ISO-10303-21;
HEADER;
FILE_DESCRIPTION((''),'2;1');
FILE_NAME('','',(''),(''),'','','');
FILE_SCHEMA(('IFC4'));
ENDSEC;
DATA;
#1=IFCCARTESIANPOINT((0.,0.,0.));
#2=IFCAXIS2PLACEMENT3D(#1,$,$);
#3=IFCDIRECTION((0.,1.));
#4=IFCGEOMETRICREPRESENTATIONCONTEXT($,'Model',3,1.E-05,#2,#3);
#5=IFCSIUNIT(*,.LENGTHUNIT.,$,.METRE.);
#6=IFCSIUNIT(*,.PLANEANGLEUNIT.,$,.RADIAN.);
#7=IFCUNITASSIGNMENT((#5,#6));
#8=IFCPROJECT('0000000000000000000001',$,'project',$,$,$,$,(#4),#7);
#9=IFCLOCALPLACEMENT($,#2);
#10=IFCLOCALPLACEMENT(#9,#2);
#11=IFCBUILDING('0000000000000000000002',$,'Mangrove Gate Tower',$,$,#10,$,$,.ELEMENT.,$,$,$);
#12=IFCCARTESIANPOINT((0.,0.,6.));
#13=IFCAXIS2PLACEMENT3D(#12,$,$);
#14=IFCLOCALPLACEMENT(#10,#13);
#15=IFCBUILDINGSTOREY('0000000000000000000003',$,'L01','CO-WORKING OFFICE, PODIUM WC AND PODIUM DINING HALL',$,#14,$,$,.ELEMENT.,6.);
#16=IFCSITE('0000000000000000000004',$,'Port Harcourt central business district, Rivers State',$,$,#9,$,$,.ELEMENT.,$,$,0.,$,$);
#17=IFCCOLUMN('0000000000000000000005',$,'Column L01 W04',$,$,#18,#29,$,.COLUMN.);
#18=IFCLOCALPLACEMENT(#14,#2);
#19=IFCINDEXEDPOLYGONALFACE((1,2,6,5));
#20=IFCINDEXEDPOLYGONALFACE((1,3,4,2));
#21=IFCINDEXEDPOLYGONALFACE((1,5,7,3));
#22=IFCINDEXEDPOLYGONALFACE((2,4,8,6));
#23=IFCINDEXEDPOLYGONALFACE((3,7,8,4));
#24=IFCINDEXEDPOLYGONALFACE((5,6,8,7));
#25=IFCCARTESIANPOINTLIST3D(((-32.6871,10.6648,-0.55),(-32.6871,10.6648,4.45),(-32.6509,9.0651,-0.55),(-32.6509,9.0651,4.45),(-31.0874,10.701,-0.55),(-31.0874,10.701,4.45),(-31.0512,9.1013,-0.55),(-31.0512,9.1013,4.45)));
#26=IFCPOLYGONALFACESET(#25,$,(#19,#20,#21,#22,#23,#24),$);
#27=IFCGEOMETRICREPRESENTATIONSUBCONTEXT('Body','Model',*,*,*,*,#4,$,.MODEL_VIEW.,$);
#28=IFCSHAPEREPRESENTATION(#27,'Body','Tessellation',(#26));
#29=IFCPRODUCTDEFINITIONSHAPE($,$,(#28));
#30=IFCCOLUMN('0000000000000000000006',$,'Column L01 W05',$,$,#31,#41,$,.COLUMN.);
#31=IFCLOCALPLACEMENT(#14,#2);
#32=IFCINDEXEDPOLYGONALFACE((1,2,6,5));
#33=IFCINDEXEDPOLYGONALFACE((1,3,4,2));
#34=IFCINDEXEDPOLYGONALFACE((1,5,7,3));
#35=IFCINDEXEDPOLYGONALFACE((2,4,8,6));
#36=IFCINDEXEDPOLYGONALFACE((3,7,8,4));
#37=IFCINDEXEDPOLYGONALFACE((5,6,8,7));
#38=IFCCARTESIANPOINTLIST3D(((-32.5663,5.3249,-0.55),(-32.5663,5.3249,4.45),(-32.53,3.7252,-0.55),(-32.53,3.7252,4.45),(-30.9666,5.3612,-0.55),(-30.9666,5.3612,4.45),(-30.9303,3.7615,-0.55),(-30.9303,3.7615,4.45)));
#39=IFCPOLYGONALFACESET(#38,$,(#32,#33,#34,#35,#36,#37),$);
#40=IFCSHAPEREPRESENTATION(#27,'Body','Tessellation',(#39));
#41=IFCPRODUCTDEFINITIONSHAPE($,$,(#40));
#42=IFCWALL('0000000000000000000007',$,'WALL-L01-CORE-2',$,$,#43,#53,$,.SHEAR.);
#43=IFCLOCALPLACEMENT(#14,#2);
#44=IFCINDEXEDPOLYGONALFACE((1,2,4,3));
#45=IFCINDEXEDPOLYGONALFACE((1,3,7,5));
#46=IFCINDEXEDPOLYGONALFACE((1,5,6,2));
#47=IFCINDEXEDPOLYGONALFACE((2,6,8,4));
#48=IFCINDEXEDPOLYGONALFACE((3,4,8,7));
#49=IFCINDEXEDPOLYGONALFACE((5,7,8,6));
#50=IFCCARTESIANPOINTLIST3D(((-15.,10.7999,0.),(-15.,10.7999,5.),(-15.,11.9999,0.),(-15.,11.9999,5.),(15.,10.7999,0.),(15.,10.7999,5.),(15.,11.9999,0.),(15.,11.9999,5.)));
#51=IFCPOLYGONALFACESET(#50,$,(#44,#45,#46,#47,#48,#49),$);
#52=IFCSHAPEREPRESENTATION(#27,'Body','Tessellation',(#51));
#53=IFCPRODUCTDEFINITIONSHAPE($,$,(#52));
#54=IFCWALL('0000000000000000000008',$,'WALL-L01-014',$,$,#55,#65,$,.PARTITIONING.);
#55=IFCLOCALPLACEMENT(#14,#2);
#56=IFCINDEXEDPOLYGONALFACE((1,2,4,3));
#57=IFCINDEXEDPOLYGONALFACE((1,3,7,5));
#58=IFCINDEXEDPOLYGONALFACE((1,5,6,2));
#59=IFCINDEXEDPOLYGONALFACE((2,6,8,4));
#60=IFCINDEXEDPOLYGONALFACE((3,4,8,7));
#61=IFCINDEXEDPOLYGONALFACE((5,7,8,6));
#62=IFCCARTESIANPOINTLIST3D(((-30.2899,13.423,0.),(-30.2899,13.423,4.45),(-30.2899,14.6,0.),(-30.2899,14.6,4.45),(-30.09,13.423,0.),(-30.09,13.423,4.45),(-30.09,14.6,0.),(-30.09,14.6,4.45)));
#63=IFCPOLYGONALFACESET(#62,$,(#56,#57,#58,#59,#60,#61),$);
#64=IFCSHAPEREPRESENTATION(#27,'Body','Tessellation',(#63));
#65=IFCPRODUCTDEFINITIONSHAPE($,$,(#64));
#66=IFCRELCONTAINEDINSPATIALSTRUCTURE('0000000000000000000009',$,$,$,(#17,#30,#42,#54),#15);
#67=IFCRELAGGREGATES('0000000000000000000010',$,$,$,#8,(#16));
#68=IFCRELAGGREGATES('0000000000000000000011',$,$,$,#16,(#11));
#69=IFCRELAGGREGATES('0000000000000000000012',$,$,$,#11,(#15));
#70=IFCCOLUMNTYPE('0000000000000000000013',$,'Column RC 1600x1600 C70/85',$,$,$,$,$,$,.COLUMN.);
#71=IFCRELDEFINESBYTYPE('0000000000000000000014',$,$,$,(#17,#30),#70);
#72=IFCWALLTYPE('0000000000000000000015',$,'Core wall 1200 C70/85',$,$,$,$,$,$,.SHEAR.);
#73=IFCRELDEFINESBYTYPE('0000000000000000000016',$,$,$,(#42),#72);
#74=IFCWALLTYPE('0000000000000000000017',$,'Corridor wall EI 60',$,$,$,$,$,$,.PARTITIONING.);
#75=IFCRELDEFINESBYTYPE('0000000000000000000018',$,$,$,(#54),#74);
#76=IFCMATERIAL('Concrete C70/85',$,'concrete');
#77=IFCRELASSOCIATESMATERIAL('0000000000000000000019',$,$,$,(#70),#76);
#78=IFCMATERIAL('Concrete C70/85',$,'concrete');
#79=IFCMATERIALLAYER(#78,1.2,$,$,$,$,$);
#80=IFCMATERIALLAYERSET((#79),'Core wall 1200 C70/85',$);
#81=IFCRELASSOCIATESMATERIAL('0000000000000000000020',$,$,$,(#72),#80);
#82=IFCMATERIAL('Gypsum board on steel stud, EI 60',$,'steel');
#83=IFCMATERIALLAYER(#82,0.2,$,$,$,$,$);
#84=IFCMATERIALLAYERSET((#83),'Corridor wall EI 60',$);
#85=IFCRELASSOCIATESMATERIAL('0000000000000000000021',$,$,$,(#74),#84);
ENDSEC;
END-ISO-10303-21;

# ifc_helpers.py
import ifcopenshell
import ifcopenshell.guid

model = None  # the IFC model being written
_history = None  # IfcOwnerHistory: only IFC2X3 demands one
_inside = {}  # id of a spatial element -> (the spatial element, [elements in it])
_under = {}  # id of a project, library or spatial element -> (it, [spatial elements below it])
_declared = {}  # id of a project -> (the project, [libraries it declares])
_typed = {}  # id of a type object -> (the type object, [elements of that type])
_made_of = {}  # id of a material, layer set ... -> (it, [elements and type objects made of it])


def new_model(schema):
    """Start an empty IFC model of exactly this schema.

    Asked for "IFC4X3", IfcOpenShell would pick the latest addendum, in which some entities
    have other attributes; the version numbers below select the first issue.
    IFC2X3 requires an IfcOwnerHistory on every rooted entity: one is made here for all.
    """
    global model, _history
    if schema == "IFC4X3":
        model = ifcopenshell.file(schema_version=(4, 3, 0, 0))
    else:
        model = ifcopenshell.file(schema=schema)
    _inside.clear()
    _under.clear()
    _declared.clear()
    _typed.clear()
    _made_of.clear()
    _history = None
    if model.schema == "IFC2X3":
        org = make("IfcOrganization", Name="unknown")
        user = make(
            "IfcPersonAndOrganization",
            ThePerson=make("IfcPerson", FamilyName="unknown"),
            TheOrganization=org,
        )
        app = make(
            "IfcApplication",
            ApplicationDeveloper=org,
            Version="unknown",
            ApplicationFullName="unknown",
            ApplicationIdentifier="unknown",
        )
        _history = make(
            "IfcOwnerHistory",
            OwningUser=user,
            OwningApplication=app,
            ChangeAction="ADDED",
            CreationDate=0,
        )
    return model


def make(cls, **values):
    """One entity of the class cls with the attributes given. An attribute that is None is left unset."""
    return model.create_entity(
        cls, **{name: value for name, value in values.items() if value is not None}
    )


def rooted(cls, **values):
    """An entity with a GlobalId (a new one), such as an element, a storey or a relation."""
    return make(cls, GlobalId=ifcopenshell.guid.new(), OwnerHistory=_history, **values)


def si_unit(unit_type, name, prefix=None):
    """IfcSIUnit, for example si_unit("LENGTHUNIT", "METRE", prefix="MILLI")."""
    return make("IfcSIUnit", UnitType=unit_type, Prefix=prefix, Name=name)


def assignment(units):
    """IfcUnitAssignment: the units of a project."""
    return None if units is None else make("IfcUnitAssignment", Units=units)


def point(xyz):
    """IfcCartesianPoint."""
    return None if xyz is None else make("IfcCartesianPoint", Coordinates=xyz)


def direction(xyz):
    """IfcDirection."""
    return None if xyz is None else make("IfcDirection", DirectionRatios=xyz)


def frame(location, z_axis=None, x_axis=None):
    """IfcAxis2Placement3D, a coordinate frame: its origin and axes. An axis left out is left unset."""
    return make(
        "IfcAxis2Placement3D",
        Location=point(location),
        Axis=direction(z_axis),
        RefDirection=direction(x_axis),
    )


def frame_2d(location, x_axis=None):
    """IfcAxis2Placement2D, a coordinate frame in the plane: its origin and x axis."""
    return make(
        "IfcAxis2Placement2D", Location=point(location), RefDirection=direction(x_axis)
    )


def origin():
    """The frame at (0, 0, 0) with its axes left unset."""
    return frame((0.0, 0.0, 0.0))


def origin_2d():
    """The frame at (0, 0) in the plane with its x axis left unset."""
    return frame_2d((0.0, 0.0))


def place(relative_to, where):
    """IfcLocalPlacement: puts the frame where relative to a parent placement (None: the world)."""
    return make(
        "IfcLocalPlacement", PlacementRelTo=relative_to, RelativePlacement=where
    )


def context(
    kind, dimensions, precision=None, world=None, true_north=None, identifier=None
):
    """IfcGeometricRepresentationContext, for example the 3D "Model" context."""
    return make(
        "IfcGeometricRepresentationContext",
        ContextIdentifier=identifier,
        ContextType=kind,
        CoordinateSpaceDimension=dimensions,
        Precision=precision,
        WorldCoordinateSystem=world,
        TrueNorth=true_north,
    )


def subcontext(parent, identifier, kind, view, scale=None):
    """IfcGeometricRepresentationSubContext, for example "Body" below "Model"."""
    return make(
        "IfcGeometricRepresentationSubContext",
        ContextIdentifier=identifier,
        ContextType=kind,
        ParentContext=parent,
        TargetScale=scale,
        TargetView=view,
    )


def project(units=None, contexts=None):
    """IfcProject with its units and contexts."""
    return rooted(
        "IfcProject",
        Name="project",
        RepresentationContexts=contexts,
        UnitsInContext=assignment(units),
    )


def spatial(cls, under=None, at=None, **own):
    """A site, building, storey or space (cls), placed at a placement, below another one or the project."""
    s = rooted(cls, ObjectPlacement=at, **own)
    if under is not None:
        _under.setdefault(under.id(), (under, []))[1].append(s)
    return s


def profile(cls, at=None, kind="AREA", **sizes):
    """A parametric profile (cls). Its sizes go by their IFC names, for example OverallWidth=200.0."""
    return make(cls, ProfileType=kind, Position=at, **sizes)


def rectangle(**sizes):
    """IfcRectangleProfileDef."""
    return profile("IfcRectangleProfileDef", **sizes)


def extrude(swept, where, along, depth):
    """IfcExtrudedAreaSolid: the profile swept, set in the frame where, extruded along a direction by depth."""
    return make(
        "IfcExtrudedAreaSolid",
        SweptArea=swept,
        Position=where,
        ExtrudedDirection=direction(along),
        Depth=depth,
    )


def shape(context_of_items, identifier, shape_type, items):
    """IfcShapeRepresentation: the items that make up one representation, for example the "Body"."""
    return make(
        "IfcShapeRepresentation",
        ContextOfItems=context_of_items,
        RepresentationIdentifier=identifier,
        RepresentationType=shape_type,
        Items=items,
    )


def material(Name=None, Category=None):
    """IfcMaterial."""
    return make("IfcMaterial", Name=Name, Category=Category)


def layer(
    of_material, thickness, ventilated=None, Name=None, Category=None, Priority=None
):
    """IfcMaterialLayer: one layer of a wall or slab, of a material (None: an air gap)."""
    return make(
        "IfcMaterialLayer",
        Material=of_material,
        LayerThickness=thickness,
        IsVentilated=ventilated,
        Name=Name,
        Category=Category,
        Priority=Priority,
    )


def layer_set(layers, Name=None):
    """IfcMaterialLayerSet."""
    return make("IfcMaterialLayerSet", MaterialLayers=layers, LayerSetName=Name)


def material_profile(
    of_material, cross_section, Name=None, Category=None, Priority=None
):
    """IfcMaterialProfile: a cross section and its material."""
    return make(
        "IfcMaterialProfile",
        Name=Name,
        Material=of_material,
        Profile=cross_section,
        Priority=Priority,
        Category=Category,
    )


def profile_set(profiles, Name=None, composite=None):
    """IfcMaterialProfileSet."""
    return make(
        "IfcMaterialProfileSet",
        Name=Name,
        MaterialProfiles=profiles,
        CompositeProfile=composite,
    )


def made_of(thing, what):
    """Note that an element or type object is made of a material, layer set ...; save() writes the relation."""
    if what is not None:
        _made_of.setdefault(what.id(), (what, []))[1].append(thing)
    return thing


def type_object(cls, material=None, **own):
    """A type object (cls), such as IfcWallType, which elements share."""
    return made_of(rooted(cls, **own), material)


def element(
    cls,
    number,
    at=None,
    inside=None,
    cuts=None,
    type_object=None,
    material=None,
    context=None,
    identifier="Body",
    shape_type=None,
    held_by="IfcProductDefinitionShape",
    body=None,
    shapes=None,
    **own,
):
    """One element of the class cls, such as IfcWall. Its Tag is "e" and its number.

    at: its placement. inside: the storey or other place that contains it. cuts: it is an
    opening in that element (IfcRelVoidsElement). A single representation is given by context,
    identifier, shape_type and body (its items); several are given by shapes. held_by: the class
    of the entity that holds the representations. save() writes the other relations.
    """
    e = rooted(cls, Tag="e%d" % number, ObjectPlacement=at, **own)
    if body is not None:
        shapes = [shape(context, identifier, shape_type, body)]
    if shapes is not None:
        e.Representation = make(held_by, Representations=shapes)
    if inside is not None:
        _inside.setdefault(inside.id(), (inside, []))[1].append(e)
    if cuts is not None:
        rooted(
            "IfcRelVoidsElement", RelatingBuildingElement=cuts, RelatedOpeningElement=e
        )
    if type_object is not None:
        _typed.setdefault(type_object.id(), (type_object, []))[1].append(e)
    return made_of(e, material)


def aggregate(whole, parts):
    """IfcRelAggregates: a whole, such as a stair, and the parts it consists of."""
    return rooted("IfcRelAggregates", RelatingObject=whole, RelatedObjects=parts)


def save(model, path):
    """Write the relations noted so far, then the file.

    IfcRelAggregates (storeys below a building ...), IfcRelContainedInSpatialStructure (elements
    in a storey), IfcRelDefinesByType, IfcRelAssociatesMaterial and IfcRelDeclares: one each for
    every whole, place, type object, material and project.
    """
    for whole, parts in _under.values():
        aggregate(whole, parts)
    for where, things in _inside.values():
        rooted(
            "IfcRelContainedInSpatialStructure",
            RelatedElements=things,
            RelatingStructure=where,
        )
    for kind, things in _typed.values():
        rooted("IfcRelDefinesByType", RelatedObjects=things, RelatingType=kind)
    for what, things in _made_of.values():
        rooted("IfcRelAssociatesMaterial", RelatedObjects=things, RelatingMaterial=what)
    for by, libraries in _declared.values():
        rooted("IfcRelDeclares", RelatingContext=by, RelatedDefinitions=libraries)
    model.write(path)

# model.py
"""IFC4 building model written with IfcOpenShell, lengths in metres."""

from ifc_helpers import new_model, si_unit, direction, frame, frame_2d, origin, origin_2d, place, context, subcontext, project, spatial, rectangle, extrude, material, layer, layer_set, material_profile, profile_set, type_object, element, save


model = new_model("IFC4")

# Units and contexts
model_context = context("Model", 3, precision=1e-05, world=origin(), true_north=direction((0.0, 1.0)))
body_context = subcontext(model_context, "Body", "Model", "MODEL_VIEW")
ifc_project = project(units=[si_unit("LENGTHUNIT", "METRE"), si_unit("PLANEANGLEUNIT", "RADIAN")], contexts=[model_context])

# Site, building, storey
site_placement = place(None, origin())
site = spatial("IfcSite", under=ifc_project, at=site_placement, Name="Port Harcourt central business district, Rivers State", CompositionType="ELEMENT", RefElevation=0.0)
building_placement = place(site_placement, origin())
building = spatial("IfcBuilding", under=site, at=building_placement, Name="Mangrove Gate Tower", CompositionType="ELEMENT")
storey_placement = place(building_placement, frame((0.0, 0.0, 6.0)))
storey = spatial("IfcBuildingStorey", under=building, at=storey_placement, Name="L01", Description="CO-WORKING OFFICE, PODIUM WC AND PODIUM DINING HALL", CompositionType="ELEMENT", Elevation=6.0)

# Columns
ifc_material_1 = material(Name="Concrete C70/85", Category="concrete")
ifc_material_profile = material_profile(ifc_material_1, rectangle(XDim=1.6001, YDim=1.6001, at=origin_2d()))
ifc_profile_set = profile_set([ifc_material_profile], Name="Concrete C70/85")
column_type = type_object("IfcColumnType", Name="Column RC 1600x1600 C70/85", PredefinedType="COLUMN", material=ifc_profile_set)
for number, where, z_axis, x_axis, name in (
    (1, (-31.8691, 9.8831, -0.55), (0.0, 0.0, 1.0), (0.022653, -0.999743, 0.0), "Column L01 W04"),
    (2, (-31.7483, 4.5432, -0.55), (0.0, 0.0, 1.0), (0.02268, -0.999743, 0.0), "Column L01 W05"),
):
    element("IfcColumn", number, at=place(storey_placement, frame(where, z_axis=z_axis, x_axis=x_axis)), inside=storey, type_object=column_type, Name=name, PredefinedType="COLUMN", context=body_context, shape_type="SweptSolid", body=[
        extrude(rectangle(XDim=1.6001, YDim=1.6001, at=origin_2d()), origin(), (0.0, 0.0, 1.0), 5.0),
    ])

# Walls
ifc_material_2 = material(Name="Concrete C70/85", Category="concrete")
ifc_layer_1 = layer(ifc_material_2, 1.2)
ifc_layer_set_1 = layer_set([ifc_layer_1], Name="Core wall 1200 C70/85")
wall_type_1 = type_object("IfcWallType", Name="Core wall 1200 C70/85", PredefinedType="SHEAR", material=ifc_layer_set_1)
wall_1_placement = place(storey_placement, frame((-15.0, 11.3999, 0.0), z_axis=(0.0, 0.0, 1.0), x_axis=(1.0, 0.0, 0.0)))
element("IfcWall", 3, at=wall_1_placement, inside=storey, type_object=wall_type_1, Name="WALL-L01-CORE-2", PredefinedType="SHEAR", context=body_context, shape_type="SweptSolid", body=[
    extrude(rectangle(XDim=30.0, YDim=1.2, at=frame_2d((15.0, 0.0))), origin(), (0.0, 0.0, 1.0), 5.0),
])
ifc_material_3 = material(Name="Gypsum board on steel stud, EI 60", Category="steel")
ifc_layer_2 = layer(ifc_material_3, 0.2)
ifc_layer_set_2 = layer_set([ifc_layer_2], Name="Corridor wall EI 60")
wall_type_2 = type_object("IfcWallType", Name="Corridor wall EI 60", PredefinedType="PARTITIONING", material=ifc_layer_set_2)
wall_2_placement = place(storey_placement, frame((-30.1899, 13.4231, 0.0), z_axis=(0.0, 0.0, 1.0), x_axis=(0.0, 1.0, 0.0)))
element("IfcWall", 4, at=wall_2_placement, inside=storey, type_object=wall_type_2, Name="WALL-L01-014", PredefinedType="PARTITIONING", context=body_context, shape_type="SweptSolid", body=[
    extrude(rectangle(XDim=1.177, YDim=0.2, at=frame_2d((0.5884, 0.0))), origin(), (0.0, 0.0, 1.0), 4.45),
])

save(model, "model.ifc")
